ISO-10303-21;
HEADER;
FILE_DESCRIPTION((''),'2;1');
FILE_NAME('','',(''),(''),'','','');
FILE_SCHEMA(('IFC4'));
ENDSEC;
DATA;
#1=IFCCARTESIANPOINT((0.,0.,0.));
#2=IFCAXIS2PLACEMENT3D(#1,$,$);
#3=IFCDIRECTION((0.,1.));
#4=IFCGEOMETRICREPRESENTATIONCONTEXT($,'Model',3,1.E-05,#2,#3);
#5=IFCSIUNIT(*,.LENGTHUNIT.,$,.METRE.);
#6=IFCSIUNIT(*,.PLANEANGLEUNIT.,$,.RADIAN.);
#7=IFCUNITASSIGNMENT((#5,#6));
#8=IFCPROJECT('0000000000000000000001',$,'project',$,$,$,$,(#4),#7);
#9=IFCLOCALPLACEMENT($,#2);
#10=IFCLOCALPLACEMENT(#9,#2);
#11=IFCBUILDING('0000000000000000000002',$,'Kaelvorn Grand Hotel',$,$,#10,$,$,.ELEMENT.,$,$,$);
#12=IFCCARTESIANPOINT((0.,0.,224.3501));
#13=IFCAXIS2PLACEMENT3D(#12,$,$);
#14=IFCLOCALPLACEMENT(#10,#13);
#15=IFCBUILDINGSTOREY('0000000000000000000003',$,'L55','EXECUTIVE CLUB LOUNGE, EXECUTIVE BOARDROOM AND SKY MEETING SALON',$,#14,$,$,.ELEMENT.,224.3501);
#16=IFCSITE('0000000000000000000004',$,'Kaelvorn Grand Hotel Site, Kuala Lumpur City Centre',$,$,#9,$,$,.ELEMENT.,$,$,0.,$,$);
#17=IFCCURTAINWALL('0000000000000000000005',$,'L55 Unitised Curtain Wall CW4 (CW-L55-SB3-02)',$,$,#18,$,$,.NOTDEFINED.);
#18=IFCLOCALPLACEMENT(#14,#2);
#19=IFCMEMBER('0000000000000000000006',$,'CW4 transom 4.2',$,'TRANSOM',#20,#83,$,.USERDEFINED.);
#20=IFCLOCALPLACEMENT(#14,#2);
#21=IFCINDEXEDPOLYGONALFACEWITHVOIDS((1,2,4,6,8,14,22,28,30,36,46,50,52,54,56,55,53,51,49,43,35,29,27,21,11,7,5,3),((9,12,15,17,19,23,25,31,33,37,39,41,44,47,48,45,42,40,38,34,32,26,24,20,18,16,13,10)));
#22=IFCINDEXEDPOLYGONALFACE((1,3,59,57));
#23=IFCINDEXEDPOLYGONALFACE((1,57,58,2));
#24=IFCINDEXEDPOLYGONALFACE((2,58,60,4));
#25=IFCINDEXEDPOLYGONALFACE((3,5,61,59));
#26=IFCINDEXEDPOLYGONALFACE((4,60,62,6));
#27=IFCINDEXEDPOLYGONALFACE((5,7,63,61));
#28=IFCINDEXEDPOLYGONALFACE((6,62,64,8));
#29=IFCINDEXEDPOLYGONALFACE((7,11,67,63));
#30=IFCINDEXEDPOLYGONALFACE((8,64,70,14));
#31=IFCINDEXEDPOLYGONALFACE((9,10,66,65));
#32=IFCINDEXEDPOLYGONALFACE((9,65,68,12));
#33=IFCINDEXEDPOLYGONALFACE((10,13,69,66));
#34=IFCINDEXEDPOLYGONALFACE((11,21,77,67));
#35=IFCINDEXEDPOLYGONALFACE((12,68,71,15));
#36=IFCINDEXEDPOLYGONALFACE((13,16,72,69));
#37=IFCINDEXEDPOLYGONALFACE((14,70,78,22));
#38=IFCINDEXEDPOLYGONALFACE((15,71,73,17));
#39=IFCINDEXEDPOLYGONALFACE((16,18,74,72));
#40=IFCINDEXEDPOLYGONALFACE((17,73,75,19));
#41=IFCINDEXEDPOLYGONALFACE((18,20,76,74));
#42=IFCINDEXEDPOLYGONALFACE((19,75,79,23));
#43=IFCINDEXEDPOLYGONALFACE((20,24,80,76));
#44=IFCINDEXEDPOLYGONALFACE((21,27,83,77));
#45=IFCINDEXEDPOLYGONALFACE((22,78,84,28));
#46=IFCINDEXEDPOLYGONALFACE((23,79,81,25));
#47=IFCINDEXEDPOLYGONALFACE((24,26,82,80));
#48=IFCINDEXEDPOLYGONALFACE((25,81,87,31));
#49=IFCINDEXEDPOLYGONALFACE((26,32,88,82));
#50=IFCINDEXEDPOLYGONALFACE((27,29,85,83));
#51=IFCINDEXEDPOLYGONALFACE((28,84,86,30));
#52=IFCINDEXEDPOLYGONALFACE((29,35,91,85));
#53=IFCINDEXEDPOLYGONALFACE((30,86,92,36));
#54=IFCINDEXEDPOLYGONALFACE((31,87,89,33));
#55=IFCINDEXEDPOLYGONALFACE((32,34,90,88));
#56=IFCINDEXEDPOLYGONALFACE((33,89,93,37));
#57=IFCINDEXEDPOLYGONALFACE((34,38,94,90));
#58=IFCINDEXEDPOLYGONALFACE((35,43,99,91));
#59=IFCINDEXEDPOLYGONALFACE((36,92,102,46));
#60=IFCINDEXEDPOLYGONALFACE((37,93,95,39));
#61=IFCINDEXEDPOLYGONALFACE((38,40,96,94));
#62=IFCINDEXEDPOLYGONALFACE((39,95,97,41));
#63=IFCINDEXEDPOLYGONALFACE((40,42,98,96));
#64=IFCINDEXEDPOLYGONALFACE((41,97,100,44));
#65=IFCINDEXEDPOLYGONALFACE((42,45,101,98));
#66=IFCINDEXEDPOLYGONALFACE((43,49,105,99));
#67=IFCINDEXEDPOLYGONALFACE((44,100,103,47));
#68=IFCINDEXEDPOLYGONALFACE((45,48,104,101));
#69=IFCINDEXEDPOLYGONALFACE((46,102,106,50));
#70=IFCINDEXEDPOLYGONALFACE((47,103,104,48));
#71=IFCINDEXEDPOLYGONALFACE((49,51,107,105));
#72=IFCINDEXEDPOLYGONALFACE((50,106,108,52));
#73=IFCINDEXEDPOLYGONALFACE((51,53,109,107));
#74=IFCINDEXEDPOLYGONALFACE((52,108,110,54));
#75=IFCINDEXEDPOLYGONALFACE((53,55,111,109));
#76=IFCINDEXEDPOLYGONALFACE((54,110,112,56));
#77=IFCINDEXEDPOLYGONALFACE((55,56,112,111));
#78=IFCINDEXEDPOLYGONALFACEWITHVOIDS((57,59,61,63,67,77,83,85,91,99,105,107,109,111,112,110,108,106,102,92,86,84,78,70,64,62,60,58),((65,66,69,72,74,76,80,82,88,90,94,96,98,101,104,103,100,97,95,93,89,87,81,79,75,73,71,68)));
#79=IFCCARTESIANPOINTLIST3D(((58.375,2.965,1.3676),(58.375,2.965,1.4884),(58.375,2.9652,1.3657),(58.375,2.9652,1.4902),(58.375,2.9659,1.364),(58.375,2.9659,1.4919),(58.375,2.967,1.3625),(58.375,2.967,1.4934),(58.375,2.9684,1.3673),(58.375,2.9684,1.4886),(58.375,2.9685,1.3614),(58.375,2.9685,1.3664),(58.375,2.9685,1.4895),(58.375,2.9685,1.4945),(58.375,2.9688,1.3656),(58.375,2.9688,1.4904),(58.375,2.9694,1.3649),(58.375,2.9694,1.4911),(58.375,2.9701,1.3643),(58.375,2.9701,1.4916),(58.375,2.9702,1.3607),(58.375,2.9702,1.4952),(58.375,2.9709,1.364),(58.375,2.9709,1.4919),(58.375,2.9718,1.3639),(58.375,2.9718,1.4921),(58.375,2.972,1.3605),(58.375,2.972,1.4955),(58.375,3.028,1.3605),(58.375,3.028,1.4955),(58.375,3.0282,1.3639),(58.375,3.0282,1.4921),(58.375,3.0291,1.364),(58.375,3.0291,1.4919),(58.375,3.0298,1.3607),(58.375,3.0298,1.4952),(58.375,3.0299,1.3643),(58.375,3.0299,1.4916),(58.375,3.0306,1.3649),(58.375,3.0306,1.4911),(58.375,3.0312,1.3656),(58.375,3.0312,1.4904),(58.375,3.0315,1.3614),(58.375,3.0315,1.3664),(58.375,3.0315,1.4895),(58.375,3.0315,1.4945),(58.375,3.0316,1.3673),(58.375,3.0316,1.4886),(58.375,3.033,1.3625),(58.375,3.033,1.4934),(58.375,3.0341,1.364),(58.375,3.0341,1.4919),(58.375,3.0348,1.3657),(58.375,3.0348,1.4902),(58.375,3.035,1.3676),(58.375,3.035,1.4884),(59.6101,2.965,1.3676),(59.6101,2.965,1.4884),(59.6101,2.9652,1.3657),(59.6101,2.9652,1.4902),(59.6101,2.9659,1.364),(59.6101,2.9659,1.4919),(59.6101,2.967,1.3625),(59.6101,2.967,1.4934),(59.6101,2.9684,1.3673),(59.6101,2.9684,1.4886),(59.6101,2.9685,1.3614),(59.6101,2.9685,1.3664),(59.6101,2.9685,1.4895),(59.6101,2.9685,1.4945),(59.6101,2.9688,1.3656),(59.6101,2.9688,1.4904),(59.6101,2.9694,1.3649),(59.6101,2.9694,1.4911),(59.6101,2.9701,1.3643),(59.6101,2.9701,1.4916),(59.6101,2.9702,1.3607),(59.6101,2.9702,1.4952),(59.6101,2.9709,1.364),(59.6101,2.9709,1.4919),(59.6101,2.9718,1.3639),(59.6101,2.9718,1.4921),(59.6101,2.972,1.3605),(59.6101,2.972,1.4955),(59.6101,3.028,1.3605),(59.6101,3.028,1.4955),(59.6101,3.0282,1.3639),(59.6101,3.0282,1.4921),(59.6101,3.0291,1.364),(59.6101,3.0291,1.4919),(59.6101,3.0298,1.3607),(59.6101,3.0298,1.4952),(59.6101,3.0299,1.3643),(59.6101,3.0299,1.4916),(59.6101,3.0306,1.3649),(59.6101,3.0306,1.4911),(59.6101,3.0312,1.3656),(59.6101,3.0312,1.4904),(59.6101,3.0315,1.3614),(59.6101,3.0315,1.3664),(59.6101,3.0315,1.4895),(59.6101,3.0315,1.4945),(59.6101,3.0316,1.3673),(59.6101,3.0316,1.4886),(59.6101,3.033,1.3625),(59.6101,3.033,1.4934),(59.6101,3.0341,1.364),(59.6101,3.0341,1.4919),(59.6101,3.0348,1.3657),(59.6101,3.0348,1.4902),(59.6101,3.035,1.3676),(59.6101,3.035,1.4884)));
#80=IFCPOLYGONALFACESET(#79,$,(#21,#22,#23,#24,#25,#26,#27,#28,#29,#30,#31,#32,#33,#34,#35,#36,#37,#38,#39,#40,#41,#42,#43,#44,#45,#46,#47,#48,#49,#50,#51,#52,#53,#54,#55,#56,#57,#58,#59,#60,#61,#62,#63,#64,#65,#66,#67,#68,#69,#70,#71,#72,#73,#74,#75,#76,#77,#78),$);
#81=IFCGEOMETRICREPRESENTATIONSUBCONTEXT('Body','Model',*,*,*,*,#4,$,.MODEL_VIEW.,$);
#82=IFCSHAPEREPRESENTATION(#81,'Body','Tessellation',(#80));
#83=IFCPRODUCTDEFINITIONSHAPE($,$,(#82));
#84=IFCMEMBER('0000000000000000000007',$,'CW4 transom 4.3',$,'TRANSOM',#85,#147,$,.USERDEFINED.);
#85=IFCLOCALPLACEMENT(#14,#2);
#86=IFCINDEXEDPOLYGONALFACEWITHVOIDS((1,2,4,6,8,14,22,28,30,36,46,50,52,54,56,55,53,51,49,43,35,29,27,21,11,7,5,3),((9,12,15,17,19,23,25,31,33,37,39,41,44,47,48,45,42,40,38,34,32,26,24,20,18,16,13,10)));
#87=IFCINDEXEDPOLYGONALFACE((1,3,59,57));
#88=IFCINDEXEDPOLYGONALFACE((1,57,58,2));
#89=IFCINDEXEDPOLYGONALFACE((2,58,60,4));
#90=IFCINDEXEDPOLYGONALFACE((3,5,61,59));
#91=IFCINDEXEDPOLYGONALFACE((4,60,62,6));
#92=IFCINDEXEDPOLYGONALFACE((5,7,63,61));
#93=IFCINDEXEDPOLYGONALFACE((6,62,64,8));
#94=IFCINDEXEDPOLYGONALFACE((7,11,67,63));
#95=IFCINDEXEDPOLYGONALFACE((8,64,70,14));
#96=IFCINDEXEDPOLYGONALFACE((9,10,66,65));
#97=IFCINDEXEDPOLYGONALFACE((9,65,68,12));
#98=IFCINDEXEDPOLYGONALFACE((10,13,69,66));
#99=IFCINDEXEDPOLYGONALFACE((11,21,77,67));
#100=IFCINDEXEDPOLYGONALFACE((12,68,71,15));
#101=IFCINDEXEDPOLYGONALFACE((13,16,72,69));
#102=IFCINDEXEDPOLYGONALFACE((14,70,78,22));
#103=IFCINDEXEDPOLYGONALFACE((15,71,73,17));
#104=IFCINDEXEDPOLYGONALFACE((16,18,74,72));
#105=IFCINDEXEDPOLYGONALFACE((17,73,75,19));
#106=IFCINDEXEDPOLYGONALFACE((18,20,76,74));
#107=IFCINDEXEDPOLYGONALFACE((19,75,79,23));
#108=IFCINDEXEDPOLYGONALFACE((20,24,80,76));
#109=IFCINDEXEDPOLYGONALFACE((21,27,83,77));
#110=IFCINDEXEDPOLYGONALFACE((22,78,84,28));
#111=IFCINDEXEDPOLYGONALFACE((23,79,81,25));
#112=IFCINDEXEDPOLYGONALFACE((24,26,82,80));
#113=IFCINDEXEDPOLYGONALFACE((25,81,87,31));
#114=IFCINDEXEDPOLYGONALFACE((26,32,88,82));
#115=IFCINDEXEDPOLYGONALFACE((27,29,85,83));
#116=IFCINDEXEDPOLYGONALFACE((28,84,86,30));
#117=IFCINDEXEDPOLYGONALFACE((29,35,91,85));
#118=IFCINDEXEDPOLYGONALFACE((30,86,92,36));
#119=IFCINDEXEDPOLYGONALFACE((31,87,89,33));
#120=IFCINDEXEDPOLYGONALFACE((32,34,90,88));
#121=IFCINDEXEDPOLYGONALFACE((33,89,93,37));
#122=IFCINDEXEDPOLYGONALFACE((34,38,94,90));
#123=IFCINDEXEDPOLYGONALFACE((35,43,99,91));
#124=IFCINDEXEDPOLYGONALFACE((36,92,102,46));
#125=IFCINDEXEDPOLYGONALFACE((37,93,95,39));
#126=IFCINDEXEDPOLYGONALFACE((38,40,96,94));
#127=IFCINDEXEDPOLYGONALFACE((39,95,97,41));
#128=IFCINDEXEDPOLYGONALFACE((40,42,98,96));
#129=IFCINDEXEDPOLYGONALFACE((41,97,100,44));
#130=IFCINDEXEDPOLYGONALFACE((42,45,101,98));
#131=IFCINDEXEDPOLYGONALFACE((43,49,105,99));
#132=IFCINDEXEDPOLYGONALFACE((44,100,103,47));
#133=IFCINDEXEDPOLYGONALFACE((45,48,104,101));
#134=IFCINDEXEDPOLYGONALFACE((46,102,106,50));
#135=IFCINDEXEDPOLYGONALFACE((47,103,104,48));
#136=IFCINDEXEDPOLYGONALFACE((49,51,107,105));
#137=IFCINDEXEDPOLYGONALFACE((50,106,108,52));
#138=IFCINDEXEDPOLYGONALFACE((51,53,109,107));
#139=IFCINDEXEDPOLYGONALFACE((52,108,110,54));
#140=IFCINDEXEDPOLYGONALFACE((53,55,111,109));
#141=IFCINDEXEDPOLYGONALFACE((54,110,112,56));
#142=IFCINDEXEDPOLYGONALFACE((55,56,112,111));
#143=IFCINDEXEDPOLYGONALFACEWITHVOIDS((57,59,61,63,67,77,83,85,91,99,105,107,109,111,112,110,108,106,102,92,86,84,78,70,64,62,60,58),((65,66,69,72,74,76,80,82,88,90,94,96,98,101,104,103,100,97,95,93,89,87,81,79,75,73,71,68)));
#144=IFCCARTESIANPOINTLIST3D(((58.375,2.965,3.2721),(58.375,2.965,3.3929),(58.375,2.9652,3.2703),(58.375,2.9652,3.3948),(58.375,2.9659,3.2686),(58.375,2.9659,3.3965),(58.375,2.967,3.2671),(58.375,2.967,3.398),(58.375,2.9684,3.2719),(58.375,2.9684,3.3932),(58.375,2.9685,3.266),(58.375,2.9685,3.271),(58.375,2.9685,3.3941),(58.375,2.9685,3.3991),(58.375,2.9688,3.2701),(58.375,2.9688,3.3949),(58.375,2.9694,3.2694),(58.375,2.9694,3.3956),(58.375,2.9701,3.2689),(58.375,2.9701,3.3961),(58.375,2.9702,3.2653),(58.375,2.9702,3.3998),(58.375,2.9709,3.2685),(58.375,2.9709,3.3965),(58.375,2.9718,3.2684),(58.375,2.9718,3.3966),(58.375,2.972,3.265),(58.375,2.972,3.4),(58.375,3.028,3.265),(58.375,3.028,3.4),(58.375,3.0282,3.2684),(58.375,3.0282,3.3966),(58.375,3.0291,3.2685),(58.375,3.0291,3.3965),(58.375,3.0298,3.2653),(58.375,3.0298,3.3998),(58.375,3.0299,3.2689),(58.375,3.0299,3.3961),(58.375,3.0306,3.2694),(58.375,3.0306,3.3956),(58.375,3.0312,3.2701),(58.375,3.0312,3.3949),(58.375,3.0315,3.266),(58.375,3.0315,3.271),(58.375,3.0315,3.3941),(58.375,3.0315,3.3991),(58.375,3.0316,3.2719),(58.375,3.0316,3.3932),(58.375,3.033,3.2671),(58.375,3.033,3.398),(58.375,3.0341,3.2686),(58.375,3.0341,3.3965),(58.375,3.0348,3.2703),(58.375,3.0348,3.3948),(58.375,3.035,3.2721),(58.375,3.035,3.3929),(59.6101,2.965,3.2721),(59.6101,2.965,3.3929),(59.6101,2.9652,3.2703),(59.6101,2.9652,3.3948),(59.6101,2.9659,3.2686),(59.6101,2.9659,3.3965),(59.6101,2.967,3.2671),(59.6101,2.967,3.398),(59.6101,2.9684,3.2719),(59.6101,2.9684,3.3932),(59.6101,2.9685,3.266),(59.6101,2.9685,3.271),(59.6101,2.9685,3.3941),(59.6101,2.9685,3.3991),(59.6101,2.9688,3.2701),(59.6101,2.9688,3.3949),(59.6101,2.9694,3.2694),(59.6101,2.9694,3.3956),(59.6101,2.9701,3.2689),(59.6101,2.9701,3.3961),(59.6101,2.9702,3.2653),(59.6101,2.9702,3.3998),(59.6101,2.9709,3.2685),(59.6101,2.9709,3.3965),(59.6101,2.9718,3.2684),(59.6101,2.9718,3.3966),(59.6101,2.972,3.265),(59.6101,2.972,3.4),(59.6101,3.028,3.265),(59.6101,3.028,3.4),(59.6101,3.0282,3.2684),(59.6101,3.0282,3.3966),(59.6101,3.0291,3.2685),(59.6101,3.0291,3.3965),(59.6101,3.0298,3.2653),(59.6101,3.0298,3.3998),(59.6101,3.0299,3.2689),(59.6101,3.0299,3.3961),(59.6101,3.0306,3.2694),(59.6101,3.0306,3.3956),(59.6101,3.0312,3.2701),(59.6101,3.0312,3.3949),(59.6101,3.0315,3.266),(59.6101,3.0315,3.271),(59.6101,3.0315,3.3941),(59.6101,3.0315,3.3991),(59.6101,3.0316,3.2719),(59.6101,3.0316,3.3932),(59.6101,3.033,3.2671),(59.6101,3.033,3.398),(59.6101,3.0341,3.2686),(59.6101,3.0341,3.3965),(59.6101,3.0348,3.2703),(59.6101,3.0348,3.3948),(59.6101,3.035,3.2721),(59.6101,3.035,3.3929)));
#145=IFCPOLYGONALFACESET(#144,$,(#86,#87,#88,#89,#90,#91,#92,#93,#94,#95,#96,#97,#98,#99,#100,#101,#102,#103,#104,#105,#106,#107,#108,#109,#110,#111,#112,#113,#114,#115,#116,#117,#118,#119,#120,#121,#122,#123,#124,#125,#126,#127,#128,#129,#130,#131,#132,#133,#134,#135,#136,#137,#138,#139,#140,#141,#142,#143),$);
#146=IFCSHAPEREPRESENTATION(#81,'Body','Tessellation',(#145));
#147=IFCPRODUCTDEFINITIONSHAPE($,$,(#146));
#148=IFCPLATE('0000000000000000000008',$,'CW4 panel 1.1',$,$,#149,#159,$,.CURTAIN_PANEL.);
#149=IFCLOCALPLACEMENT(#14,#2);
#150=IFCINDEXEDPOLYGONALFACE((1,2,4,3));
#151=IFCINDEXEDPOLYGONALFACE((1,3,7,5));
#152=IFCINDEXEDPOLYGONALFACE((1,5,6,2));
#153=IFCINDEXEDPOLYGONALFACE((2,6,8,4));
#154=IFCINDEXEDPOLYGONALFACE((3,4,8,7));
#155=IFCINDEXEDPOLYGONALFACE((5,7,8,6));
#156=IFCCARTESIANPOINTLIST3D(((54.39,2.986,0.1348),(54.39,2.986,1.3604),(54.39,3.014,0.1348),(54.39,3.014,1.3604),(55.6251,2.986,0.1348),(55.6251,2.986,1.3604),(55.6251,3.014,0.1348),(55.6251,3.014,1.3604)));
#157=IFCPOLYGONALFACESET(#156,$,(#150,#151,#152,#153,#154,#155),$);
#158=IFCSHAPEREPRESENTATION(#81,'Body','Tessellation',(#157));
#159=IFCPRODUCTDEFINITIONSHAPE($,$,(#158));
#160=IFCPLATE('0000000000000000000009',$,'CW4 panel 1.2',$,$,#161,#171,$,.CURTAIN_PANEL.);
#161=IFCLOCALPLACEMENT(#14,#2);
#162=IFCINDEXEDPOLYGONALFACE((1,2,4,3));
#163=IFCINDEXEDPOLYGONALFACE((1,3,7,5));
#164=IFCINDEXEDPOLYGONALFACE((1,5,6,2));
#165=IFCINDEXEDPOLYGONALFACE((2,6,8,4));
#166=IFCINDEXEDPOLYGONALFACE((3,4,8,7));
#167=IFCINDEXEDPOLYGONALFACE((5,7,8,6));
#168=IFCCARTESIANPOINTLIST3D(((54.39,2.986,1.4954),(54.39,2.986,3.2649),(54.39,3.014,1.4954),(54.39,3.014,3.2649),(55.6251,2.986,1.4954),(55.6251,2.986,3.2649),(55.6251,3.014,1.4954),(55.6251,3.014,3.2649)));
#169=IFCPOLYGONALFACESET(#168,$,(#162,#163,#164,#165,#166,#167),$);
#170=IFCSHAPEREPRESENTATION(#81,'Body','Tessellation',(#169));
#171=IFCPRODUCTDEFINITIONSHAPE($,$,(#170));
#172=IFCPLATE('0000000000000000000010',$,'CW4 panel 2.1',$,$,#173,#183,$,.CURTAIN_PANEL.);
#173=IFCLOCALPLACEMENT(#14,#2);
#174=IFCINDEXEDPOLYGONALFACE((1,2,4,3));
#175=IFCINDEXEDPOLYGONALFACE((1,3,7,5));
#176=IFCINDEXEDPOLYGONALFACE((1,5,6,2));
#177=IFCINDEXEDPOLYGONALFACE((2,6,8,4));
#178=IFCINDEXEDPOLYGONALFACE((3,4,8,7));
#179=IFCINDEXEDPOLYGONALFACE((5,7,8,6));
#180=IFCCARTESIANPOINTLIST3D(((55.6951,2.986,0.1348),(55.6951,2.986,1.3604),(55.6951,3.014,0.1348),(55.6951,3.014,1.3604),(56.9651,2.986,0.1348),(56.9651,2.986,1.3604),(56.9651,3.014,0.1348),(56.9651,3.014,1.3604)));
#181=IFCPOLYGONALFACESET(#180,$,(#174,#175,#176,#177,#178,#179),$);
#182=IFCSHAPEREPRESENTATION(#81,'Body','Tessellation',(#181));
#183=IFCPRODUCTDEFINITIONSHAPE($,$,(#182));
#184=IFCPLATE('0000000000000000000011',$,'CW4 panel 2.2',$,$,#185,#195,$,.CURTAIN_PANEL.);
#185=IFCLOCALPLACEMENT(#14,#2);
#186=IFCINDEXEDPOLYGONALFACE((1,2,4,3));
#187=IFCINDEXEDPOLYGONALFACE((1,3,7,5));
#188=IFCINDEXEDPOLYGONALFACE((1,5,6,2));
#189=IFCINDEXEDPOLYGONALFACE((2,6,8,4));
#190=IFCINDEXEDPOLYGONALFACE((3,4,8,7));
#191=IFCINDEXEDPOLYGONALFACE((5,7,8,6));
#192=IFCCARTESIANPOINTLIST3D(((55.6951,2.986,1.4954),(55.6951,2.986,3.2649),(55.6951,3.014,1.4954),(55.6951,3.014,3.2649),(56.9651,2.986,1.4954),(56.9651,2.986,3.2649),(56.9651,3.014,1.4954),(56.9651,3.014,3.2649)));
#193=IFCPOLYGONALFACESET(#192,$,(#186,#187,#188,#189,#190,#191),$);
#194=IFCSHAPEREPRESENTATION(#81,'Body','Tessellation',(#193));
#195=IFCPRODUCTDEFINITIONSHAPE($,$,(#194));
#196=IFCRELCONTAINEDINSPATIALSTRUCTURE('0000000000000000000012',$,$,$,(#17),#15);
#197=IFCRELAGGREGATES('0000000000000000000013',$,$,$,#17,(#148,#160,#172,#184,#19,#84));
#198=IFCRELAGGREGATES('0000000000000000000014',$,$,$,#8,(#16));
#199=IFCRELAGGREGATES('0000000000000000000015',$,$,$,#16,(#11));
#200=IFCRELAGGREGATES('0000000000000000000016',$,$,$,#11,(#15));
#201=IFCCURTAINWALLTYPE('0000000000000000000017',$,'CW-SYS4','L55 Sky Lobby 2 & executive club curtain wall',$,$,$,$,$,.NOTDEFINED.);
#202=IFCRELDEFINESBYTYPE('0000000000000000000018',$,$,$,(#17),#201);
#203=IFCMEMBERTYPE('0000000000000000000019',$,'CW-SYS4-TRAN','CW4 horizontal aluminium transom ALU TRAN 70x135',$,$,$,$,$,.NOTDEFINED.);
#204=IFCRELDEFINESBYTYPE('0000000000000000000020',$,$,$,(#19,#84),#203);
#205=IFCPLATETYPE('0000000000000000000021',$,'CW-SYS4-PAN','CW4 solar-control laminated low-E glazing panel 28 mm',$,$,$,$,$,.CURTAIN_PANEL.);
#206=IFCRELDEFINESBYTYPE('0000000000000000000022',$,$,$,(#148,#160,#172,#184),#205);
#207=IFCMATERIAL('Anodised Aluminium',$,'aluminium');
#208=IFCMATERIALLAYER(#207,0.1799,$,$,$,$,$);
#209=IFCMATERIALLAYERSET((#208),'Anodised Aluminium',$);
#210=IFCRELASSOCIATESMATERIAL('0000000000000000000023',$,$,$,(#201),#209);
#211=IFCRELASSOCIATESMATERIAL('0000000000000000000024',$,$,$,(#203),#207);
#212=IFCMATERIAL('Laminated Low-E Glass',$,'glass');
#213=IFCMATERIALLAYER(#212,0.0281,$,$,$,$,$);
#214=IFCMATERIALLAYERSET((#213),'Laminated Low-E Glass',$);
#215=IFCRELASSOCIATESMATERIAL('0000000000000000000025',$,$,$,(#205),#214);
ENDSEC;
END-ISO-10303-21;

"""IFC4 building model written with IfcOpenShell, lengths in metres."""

from ifc_helpers import new_model, si_unit, direction, frame, origin, origin_2d, place, context, subcontext, project, spatial, rectangle, hollow_rectangle, extrude, material, layer, layer_set, material_profile, profile_set, type_object, element, aggregate, save


model = new_model("IFC4")

# Units and contexts
model_context = context("Model", 3, precision=1e-05, world=origin(), true_north=direction((0.0, 1.0)))
body_context = subcontext(model_context, "Body", "Model", "MODEL_VIEW")
ifc_project = project(units=[si_unit("LENGTHUNIT", "METRE"), si_unit("PLANEANGLEUNIT", "RADIAN")], contexts=[model_context])

# Site, building, storey
site_placement = place(None, origin())
site = spatial("IfcSite", under=ifc_project, at=site_placement, Name="Kaelvorn Grand Hotel Site, Kuala Lumpur City Centre", CompositionType="ELEMENT", RefElevation=0.0)
building_placement = place(site_placement, origin())
building = spatial("IfcBuilding", under=site, at=building_placement, Name="Kaelvorn Grand Hotel", CompositionType="ELEMENT")
storey_placement = place(building_placement, frame((0.0, 0.0, 224.3501)))
storey = spatial("IfcBuildingStorey", under=building, at=storey_placement, Name="L55", Description="EXECUTIVE CLUB LOUNGE, EXECUTIVE BOARDROOM AND SKY MEETING SALON", CompositionType="ELEMENT", Elevation=224.3501)

# Curtain wall, members, plates
ifc_material_1 = material(Name="Anodised Aluminium", Category="aluminium")
ifc_layer_1 = layer(ifc_material_1, 0.1799)
ifc_layer_set_1 = layer_set([ifc_layer_1], Name="Anodised Aluminium")
curtain_wall_type = type_object("IfcCurtainWallType", Name="CW-SYS4", Description="L55 Sky Lobby 2 & executive club curtain wall", PredefinedType="NOTDEFINED", material=ifc_layer_set_1)
curtain_wall_placement = place(storey_placement, origin())
curtain_wall = element("IfcCurtainWall", 1, at=curtain_wall_placement, inside=storey, type_object=curtain_wall_type, Name="L55 Unitised Curtain Wall CW4 (CW-L55-SB3-02)", PredefinedType="NOTDEFINED")
ifc_material_profile_1 = material_profile(ifc_material_1, hollow_rectangle(XDim=0.0701, YDim=0.135, WallThickness=0.0034, InnerFilletRadius=0.0034, OuterFilletRadius=0.0071, at=origin_2d()), Name="ALU TRAN 70x135")
ifc_profile_set_1 = profile_set([ifc_material_profile_1], Name="Anodised Aluminium")
member_type_1 = type_object("IfcMemberType", Name="CW-SYS4-TRAN", Description="CW4 horizontal aluminium transom ALU TRAN 70x135", PredefinedType="NOTDEFINED", material=ifc_profile_set_1)
member_1_placement = place(storey_placement, frame((58.375, 3.0, 1.428), z_axis=(1.0, 0.0, 0.0), x_axis=(0.0, 1.0, 0.0)))
member_1 = element("IfcMember", 2, at=member_1_placement, type_object=member_type_1, Name="CW4 transom 4.2", ObjectType="TRANSOM", PredefinedType="USERDEFINED", context=body_context, shape_type="SweptSolid", body=[
    extrude(hollow_rectangle(XDim=0.0701, YDim=0.135, WallThickness=0.0034, InnerFilletRadius=0.0034, OuterFilletRadius=0.0071, at=origin_2d()), origin(), (0.0, 0.0, 1.0), 1.2351),
])
member_2_placement = place(storey_placement, frame((58.375, 3.0, 3.3325), z_axis=(1.0, 0.0, 0.0), x_axis=(0.0, 1.0, 0.0)))
member_2 = element("IfcMember", 3, at=member_2_placement, type_object=member_type_1, Name="CW4 transom 4.3", ObjectType="TRANSOM", PredefinedType="USERDEFINED", context=body_context, shape_type="SweptSolid", body=[
    extrude(hollow_rectangle(XDim=0.0701, YDim=0.135, WallThickness=0.0034, InnerFilletRadius=0.0034, OuterFilletRadius=0.0071, at=origin_2d()), origin(), (0.0, 0.0, 1.0), 1.2351),
])
ifc_material_2 = material(Name="Laminated Low-E Glass", Category="glass")
ifc_layer_2 = layer(ifc_material_2, 0.0281)
ifc_layer_set_2 = layer_set([ifc_layer_2], Name="Laminated Low-E Glass")
plate_type = type_object("IfcPlateType", Name="CW-SYS4-PAN", Description="CW4 solar-control laminated low-E glazing panel 28 mm", PredefinedType="CURTAIN_PANEL", material=ifc_layer_set_2)
plate_1_placement = place(storey_placement, frame((55.0076, 3.0, 0.1348), z_axis=(0.0, 0.0, 1.0), x_axis=(1.0, 0.0, 0.0)))
plate_1 = element("IfcPlate", 4, at=plate_1_placement, type_object=plate_type, Name="CW4 panel 1.1", PredefinedType="CURTAIN_PANEL", context=body_context, shape_type="SweptSolid", body=[
    extrude(rectangle(XDim=1.2351, YDim=0.0281, at=origin_2d()), origin(), (0.0, 0.0, 1.0), 1.2256),
])
plate_2_placement = place(storey_placement, frame((55.0076, 3.0, 1.4954), z_axis=(0.0, 0.0, 1.0), x_axis=(1.0, 0.0, 0.0)))
plate_2 = element("IfcPlate", 5, at=plate_2_placement, type_object=plate_type, Name="CW4 panel 1.2", PredefinedType="CURTAIN_PANEL", context=body_context, shape_type="SweptSolid", body=[
    extrude(rectangle(XDim=1.2351, YDim=0.0281, at=origin_2d()), origin(), (0.0, 0.0, 1.0), 1.7695),
])
plate_3_placement = place(storey_placement, frame((56.3301, 3.0, 0.1348), z_axis=(0.0, 0.0, 1.0), x_axis=(1.0, 0.0, 0.0)))
plate_3 = element("IfcPlate", 6, at=plate_3_placement, type_object=plate_type, Name="CW4 panel 2.1", PredefinedType="CURTAIN_PANEL", context=body_context, shape_type="SweptSolid", body=[
    extrude(rectangle(XDim=1.27, YDim=0.0281, at=origin_2d()), origin(), (0.0, 0.0, 1.0), 1.2256),
])
plate_4_placement = place(storey_placement, frame((56.3301, 3.0, 1.4954), z_axis=(0.0, 0.0, 1.0), x_axis=(1.0, 0.0, 0.0)))
plate_4 = element("IfcPlate", 7, at=plate_4_placement, type_object=plate_type, Name="CW4 panel 2.2", PredefinedType="CURTAIN_PANEL", context=body_context, shape_type="SweptSolid", body=[
    extrude(rectangle(XDim=1.27, YDim=0.0281, at=origin_2d()), origin(), (0.0, 0.0, 1.0), 1.7695),
])
aggregate(curtain_wall, [plate_1, plate_2, plate_3, plate_4, member_1, member_2])

save(model, "model.ifc")
